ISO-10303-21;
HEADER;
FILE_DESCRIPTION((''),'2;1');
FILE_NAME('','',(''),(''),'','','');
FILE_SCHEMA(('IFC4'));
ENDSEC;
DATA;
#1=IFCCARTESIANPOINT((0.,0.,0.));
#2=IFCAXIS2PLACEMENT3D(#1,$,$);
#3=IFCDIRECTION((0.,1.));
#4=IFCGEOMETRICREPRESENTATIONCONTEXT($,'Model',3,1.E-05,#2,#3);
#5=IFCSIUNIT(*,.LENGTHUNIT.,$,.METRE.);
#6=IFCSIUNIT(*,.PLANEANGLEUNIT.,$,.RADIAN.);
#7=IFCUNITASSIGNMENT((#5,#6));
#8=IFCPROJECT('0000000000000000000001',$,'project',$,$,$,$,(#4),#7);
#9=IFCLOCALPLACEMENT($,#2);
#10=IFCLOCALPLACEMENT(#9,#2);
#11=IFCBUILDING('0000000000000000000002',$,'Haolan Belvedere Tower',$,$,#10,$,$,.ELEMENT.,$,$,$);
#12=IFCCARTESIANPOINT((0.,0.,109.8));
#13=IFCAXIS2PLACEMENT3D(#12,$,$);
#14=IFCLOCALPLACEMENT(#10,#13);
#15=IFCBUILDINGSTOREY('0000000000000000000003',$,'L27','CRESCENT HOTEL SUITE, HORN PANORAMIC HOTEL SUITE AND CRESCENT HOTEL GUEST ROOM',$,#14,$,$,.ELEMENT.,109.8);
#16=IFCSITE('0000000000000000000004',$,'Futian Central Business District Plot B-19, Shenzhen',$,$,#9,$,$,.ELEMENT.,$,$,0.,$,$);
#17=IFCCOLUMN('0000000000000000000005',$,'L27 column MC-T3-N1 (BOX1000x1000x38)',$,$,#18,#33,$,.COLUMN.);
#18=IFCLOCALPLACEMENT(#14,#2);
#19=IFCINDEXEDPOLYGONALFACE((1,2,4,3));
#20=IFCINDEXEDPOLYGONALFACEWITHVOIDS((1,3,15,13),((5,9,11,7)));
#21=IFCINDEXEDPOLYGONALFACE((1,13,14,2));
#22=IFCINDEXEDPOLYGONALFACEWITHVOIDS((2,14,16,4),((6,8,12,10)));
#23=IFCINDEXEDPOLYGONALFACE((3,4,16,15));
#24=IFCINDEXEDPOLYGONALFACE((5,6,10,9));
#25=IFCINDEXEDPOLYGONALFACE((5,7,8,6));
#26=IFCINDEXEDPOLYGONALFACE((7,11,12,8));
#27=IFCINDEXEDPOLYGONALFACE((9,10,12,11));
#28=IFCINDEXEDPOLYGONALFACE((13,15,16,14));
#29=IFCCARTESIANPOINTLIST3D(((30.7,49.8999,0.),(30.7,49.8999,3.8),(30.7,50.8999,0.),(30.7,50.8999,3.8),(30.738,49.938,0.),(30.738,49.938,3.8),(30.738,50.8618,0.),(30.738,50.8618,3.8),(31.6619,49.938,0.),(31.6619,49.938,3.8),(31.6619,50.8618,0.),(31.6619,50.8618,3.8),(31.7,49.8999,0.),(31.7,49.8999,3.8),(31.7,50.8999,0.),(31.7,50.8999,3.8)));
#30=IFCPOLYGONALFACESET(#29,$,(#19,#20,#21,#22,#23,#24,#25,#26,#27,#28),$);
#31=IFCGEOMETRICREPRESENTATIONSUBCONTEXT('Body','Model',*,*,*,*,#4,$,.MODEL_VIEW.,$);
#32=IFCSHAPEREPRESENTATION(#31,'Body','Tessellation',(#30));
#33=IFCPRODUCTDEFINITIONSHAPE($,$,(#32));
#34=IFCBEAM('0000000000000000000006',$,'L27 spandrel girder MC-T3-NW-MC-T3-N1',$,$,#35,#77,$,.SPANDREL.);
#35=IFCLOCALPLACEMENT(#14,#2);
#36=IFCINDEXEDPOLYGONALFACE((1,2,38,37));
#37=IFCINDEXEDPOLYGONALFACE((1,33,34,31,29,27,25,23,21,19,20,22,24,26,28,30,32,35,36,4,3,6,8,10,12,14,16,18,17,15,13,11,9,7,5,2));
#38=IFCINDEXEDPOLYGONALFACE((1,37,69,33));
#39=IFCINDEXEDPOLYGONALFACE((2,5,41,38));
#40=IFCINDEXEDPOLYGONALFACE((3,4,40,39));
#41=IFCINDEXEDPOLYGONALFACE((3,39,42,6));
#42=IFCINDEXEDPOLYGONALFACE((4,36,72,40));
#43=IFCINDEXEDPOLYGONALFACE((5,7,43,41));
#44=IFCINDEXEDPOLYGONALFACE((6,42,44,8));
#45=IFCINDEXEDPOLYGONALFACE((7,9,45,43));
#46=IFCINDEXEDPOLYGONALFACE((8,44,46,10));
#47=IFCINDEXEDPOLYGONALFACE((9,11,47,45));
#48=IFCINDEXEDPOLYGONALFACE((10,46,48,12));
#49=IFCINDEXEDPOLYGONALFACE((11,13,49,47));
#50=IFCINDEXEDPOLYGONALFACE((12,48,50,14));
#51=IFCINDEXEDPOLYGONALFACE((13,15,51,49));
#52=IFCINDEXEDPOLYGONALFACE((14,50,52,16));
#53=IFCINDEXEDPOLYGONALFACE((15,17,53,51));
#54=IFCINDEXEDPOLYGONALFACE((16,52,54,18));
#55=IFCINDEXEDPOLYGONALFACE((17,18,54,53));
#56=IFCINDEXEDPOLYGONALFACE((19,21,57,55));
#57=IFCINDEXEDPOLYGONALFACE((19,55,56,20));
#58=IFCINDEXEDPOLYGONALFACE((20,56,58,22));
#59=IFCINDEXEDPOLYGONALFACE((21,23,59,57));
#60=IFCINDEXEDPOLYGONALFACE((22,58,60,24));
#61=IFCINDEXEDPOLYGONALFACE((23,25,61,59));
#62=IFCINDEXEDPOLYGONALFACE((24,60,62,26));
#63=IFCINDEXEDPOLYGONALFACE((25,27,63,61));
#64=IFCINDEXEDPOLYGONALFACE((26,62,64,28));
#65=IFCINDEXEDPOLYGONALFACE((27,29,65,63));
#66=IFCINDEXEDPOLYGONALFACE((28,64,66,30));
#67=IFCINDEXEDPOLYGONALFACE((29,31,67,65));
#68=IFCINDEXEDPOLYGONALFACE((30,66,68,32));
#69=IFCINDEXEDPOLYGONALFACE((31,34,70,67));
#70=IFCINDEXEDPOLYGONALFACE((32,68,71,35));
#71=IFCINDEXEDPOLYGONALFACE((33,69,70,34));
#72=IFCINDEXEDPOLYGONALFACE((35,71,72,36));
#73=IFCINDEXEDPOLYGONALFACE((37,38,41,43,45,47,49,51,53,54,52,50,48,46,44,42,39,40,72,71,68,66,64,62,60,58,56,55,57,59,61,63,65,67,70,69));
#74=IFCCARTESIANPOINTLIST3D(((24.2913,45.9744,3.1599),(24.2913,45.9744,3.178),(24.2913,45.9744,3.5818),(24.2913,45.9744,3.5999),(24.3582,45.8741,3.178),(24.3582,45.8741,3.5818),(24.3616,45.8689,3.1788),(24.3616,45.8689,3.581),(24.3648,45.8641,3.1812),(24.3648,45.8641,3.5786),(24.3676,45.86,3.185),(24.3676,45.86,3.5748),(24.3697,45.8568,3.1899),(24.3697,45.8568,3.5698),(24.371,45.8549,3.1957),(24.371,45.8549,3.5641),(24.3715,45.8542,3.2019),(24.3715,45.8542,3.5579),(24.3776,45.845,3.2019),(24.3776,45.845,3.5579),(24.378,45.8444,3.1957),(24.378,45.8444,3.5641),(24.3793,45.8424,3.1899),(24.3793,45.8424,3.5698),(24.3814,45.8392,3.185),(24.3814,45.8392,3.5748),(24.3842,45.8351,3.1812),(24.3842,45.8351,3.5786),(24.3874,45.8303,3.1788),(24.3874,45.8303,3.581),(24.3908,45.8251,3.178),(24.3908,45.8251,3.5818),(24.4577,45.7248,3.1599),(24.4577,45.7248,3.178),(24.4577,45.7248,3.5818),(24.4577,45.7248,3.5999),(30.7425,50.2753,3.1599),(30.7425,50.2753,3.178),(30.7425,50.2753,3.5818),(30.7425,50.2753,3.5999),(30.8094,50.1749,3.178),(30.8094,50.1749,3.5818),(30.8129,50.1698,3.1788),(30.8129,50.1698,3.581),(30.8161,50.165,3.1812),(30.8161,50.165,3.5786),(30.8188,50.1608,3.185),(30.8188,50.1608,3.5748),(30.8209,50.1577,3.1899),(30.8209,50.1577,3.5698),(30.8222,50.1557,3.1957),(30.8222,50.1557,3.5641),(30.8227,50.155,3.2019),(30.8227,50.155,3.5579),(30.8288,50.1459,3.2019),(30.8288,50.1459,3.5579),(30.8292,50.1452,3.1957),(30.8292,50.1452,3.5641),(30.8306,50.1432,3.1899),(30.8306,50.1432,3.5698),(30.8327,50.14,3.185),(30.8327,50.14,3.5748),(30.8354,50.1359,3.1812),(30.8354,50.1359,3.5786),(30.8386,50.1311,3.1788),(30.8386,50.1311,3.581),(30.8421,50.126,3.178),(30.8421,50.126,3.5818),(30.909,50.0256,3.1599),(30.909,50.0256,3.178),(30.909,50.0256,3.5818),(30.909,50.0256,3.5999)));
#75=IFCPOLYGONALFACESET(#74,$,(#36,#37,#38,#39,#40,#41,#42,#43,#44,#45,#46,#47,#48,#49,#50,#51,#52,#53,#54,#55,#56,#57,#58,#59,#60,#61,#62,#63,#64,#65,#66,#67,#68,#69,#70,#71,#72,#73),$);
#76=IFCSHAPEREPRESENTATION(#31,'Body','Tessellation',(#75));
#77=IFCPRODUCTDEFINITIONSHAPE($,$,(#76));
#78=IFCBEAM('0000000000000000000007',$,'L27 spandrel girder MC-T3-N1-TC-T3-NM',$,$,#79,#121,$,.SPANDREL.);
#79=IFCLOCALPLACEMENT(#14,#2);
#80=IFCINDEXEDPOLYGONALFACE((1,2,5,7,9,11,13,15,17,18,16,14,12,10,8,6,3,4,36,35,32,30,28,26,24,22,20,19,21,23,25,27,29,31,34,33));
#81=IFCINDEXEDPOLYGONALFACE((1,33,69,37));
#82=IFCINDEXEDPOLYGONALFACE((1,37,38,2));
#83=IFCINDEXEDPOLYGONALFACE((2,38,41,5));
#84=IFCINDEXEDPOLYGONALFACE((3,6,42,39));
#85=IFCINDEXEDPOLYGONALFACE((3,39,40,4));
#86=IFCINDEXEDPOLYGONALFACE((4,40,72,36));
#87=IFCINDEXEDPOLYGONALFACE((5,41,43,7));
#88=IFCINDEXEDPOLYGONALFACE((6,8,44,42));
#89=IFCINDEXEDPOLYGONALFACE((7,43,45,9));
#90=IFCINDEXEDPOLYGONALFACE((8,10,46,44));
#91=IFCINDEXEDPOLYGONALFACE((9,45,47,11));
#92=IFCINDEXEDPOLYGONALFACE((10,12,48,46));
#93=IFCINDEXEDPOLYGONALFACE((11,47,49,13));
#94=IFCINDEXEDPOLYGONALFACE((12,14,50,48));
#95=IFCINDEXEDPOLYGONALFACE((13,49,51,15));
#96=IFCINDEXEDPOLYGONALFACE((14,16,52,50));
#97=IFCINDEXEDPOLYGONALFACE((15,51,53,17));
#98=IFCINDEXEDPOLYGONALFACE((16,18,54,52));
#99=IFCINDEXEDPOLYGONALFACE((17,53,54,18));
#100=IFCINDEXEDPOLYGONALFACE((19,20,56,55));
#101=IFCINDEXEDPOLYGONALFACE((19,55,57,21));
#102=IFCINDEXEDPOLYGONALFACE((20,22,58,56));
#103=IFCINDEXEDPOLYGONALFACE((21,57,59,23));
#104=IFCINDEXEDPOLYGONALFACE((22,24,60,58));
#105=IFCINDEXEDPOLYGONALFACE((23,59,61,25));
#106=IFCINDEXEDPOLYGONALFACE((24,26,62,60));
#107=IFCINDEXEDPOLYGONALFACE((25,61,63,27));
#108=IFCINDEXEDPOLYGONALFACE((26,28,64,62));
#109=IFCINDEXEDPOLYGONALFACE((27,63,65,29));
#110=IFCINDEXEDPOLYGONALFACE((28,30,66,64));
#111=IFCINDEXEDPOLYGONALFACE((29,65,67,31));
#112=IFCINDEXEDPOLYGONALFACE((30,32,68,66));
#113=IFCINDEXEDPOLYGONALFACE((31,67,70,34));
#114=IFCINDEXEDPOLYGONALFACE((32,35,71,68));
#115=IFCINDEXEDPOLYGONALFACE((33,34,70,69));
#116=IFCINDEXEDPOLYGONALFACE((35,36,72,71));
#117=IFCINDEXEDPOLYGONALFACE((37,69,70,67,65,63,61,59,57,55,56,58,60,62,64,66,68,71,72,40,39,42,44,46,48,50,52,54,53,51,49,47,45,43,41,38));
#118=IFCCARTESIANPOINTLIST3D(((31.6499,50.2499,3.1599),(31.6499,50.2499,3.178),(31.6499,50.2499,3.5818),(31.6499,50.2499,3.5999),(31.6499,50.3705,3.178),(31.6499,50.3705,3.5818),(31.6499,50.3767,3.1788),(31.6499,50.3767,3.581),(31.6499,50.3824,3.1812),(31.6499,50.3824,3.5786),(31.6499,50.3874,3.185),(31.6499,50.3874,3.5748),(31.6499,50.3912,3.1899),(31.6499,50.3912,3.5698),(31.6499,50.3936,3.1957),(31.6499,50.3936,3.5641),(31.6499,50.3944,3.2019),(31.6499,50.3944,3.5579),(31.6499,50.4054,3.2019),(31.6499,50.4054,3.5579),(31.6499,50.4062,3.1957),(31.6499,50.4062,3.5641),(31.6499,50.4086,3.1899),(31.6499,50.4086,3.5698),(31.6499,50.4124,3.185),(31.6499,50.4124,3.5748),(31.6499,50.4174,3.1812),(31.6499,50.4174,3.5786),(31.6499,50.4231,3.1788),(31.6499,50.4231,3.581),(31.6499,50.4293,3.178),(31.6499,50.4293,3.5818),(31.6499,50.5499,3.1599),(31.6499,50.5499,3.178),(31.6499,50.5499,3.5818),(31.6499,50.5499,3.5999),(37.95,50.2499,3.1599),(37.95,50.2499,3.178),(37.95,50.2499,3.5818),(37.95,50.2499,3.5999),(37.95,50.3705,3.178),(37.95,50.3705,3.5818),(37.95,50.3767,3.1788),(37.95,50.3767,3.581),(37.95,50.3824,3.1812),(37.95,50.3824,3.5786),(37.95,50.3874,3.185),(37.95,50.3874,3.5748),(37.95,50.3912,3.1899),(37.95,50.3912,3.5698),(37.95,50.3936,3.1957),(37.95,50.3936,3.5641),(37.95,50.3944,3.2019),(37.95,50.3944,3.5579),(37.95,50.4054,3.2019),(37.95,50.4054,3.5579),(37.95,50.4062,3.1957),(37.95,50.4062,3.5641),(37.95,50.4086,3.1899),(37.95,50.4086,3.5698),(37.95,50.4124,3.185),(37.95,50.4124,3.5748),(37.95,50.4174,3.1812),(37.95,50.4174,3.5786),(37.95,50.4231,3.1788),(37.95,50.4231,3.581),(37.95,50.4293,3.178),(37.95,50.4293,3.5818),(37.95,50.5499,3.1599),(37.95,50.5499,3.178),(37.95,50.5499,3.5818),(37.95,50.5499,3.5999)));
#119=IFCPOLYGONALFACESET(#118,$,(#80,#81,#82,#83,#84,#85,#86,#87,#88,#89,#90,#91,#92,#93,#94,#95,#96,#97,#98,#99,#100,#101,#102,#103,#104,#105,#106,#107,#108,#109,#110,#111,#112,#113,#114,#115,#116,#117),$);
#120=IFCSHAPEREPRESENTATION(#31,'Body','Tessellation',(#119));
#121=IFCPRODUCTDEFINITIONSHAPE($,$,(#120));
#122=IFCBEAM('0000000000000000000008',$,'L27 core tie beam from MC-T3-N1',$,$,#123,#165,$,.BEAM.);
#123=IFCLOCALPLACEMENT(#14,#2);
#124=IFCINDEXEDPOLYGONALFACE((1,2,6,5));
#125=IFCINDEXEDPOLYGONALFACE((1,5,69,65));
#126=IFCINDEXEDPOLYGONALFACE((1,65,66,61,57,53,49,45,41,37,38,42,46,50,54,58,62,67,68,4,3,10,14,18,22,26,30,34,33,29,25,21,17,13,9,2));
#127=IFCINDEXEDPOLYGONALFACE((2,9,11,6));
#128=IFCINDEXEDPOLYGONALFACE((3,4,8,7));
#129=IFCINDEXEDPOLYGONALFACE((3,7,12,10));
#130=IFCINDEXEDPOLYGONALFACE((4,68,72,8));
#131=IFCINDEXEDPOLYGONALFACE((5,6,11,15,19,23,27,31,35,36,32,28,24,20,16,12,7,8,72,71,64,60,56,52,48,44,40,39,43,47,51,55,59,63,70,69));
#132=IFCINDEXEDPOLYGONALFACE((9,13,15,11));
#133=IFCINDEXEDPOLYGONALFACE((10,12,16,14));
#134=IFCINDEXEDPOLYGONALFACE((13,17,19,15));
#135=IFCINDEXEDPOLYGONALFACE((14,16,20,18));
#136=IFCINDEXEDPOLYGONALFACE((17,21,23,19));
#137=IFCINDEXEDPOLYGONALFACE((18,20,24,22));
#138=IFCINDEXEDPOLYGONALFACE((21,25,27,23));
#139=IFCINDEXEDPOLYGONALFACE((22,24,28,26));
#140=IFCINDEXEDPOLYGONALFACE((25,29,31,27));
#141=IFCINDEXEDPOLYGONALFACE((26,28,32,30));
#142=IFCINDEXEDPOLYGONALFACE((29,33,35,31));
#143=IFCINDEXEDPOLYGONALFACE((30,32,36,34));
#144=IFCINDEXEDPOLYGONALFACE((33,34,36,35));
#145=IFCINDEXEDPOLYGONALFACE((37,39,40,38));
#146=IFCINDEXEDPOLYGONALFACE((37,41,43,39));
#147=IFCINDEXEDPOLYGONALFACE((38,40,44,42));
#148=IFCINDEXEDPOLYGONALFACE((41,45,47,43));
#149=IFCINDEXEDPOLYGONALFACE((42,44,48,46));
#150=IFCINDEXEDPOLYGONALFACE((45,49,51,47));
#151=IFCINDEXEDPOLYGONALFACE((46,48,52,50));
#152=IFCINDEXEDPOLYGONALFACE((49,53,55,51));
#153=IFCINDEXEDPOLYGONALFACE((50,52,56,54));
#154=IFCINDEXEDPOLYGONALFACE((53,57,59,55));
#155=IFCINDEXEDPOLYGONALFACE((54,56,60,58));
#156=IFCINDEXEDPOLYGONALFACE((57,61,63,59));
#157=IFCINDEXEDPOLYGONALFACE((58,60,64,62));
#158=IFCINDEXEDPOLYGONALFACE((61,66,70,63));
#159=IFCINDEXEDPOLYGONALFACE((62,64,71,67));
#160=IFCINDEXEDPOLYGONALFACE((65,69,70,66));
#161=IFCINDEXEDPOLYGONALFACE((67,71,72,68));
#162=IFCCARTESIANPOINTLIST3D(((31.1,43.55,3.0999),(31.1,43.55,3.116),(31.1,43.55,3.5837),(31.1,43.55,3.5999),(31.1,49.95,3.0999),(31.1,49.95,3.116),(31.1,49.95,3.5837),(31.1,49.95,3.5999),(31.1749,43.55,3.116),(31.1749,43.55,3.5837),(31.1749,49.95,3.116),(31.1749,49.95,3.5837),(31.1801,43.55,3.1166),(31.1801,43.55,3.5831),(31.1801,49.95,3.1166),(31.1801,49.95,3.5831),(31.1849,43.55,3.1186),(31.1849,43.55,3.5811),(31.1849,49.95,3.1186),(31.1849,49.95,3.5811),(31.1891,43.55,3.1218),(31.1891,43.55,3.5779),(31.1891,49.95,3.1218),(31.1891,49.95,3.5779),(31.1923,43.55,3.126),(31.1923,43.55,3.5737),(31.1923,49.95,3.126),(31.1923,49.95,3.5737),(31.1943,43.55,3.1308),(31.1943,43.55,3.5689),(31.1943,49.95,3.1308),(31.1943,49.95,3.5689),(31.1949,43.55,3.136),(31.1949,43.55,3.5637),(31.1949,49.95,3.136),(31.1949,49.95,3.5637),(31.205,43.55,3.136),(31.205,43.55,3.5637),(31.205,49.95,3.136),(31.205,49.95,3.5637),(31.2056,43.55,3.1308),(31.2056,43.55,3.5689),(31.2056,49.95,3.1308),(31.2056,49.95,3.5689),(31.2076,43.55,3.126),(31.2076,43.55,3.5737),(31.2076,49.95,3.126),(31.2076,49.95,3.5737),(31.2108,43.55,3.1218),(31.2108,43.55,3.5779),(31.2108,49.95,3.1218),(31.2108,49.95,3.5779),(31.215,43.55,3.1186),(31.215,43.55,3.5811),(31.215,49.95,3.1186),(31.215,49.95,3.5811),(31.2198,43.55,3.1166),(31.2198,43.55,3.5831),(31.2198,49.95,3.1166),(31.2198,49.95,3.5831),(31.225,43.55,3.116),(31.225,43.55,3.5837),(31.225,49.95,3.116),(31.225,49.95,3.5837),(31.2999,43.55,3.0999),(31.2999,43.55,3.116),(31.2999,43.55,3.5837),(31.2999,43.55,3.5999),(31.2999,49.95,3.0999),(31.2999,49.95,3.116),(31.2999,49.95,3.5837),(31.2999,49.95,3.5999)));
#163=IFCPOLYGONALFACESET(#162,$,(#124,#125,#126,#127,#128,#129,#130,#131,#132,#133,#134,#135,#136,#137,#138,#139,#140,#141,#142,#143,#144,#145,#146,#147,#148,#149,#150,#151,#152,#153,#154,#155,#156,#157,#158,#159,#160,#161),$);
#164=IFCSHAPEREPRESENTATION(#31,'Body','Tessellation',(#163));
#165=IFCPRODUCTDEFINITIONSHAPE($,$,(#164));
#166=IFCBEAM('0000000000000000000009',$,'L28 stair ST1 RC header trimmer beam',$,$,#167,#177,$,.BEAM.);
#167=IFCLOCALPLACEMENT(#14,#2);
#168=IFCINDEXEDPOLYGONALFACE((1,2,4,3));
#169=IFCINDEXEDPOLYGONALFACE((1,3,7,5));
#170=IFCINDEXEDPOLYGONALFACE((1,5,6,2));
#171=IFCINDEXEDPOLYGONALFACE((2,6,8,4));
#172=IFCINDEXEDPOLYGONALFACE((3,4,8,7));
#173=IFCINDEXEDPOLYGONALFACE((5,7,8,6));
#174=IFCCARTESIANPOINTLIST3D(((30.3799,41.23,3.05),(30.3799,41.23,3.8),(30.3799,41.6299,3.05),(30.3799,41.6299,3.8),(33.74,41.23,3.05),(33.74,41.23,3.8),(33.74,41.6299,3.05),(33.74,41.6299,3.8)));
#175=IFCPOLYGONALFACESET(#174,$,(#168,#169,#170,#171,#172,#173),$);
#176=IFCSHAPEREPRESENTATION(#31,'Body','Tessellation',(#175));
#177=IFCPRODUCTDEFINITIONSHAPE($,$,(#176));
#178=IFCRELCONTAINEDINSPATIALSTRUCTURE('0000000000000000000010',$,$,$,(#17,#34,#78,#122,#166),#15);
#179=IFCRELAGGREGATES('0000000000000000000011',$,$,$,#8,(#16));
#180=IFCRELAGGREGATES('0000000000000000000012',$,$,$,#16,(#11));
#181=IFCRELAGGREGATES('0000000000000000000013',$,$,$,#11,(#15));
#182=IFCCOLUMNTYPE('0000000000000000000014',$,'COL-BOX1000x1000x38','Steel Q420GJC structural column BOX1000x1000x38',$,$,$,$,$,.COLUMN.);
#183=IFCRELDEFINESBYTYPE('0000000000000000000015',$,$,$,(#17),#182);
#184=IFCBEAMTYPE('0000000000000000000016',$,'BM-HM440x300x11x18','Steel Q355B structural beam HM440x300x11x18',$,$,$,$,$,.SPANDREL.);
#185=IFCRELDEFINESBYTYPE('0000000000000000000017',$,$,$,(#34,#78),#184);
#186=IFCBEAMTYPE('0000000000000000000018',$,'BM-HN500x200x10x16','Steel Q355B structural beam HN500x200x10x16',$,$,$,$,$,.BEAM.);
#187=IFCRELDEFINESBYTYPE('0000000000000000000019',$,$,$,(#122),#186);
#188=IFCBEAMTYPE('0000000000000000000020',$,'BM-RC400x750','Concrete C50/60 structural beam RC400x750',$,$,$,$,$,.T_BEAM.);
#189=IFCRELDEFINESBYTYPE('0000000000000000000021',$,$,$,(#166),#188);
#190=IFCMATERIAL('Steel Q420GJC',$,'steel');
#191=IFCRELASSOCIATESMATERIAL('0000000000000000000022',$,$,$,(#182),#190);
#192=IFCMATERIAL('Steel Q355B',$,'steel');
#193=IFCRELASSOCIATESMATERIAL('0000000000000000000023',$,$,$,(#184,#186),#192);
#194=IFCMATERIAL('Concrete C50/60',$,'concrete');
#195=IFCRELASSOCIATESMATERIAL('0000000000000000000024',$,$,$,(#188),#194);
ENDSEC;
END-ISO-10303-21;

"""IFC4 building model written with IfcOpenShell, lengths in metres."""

from ifc_helpers import new_model, si_unit, direction, frame, origin, origin_2d, place, context, subcontext, project, spatial, rectangle, hollow_rectangle, i_section, extrude, material, material_profile, profile_set, type_object, element, save


model = new_model("IFC4")

# Units and contexts
model_context = context("Model", 3, precision=1e-05, world=origin(), true_north=direction((0.0, 1.0)))
body_context = subcontext(model_context, "Body", "Model", "MODEL_VIEW")
ifc_project = project(units=[si_unit("LENGTHUNIT", "METRE"), si_unit("PLANEANGLEUNIT", "RADIAN")], contexts=[model_context])

# Site, building, storey
site_placement = place(None, origin())
site = spatial("IfcSite", under=ifc_project, at=site_placement, Name="Futian Central Business District Plot B-19, Shenzhen", CompositionType="ELEMENT", RefElevation=0.0)
building_placement = place(site_placement, origin())
building = spatial("IfcBuilding", under=site, at=building_placement, Name="Haolan Belvedere Tower", CompositionType="ELEMENT")
storey_placement = place(building_placement, frame((0.0, 0.0, 109.8)))
storey = spatial("IfcBuildingStorey", under=building, at=storey_placement, Name="L27", Description="CRESCENT HOTEL SUITE, HORN PANORAMIC HOTEL SUITE AND CRESCENT HOTEL GUEST ROOM", CompositionType="ELEMENT", Elevation=109.8)

# Column
ifc_material_1 = material(Name="Steel Q420GJC", Category="steel")
ifc_material_profile_1 = material_profile(ifc_material_1, hollow_rectangle(XDim=1.0, YDim=1.0, WallThickness=0.0381, at=origin_2d()), Name="Steel Q420GJC")
ifc_profile_set_1 = profile_set([ifc_material_profile_1], Name="Steel Q420GJC")
column_type = type_object("IfcColumnType", Name="COL-BOX1000x1000x38", Description="Steel Q420GJC structural column BOX1000x1000x38", PredefinedType="COLUMN", material=ifc_profile_set_1)
column_placement = place(storey_placement, frame((31.2, 50.3999, 0.0), z_axis=(0.0, 0.0, 1.0), x_axis=(1.0, 0.0, 0.0)))
element("IfcColumn", 1, at=column_placement, inside=storey, type_object=column_type, Name="L27 column MC-T3-N1 (BOX1000x1000x38)", PredefinedType="COLUMN", context=body_context, shape_type="SweptSolid", body=[
    extrude(hollow_rectangle(XDim=1.0, YDim=1.0, WallThickness=0.0381, at=origin_2d()), origin(), (0.0, 0.0, 1.0), 3.8),
])

# Beams
ifc_material_2 = material(Name="Steel Q355B", Category="steel")
ifc_material_profile_2 = material_profile(ifc_material_2, i_section(OverallWidth=0.3, OverallDepth=0.4399, WebThickness=0.011, FlangeThickness=0.0181, FilletRadius=0.0239, at=origin_2d()), Name="Steel Q355B")
ifc_profile_set_2 = profile_set([ifc_material_profile_2], Name="Steel Q355B")
beam_type_1 = type_object("IfcBeamType", Name="BM-HM440x300x11x18", Description="Steel Q355B structural beam HM440x300x11x18", PredefinedType="SPANDREL", material=ifc_profile_set_2)
beam_1_placement = place(storey_placement, frame((24.3745, 45.8496, 3.3799), z_axis=(0.83205, 0.5547, 0.0), x_axis=(-0.5547, 0.83205, 0.0)))
element("IfcBeam", 2, at=beam_1_placement, inside=storey, type_object=beam_type_1, Name="L27 spandrel girder MC-T3-NW-MC-T3-N1", PredefinedType="SPANDREL", context=body_context, shape_type="SweptSolid", body=[
    extrude(i_section(OverallWidth=0.3, OverallDepth=0.4399, WebThickness=0.011, FlangeThickness=0.0181, FilletRadius=0.0239, at=origin_2d()), origin(), (0.0, 0.0, 1.0), 7.7534),
])
beam_2_placement = place(storey_placement, frame((31.6499, 50.3999, 3.3799), z_axis=(1.0, 0.0, 0.0), x_axis=(0.0, 1.0, 0.0)))
element("IfcBeam", 3, at=beam_2_placement, inside=storey, type_object=beam_type_1, Name="L27 spandrel girder MC-T3-N1-TC-T3-NM", PredefinedType="SPANDREL", context=body_context, shape_type="SweptSolid", body=[
    extrude(i_section(OverallWidth=0.3, OverallDepth=0.4399, WebThickness=0.011, FlangeThickness=0.0181, FilletRadius=0.0239, at=origin_2d()), origin(), (0.0, 0.0, 1.0), 6.3),
])
ifc_material_profile_3 = material_profile(ifc_material_2, i_section(OverallWidth=0.2, OverallDepth=0.5, WebThickness=0.01, FlangeThickness=0.0161, FilletRadius=0.02, at=origin_2d()), Name="Steel Q355B")
ifc_profile_set_3 = profile_set([ifc_material_profile_3], Name="Steel Q355B")
beam_type_2 = type_object("IfcBeamType", Name="BM-HN500x200x10x16", Description="Steel Q355B structural beam HN500x200x10x16", PredefinedType="BEAM", material=ifc_profile_set_3)
beam_3_placement = place(storey_placement, frame((31.2, 49.95, 3.3499), z_axis=(0.0, -1.0, 0.0), x_axis=(1.0, 0.0, 0.0)))
element("IfcBeam", 4, at=beam_3_placement, inside=storey, type_object=beam_type_2, Name="L27 core tie beam from MC-T3-N1", PredefinedType="BEAM", context=body_context, shape_type="SweptSolid", body=[
    extrude(i_section(OverallWidth=0.2, OverallDepth=0.5, WebThickness=0.01, FlangeThickness=0.0161, FilletRadius=0.02, at=origin_2d()), origin(), (0.0, 0.0, 1.0), 6.3999),
])
ifc_material_3 = material(Name="Concrete C50/60", Category="concrete")
ifc_material_profile_4 = material_profile(ifc_material_3, rectangle(XDim=0.3999, YDim=0.75, at=origin_2d()), Name="Concrete C50/60")
ifc_profile_set_4 = profile_set([ifc_material_profile_4], Name="Concrete C50/60")
beam_type_3 = type_object("IfcBeamType", Name="BM-RC400x750", Description="Concrete C50/60 structural beam RC400x750", PredefinedType="T_BEAM", material=ifc_profile_set_4)
beam_4_placement = place(storey_placement, frame((30.3799, 41.4299, 3.425), z_axis=(1.0, 0.0, 0.0), x_axis=(0.0, 1.0, 0.0)))
element("IfcBeam", 5, at=beam_4_placement, inside=storey, type_object=beam_type_3, Name="L28 stair ST1 RC header trimmer beam", PredefinedType="BEAM", context=body_context, shape_type="SweptSolid", body=[
    extrude(rectangle(XDim=0.3999, YDim=0.75, at=origin_2d()), origin(), (0.0, 0.0, 1.0), 3.3601),
])

save(model, "model.ifc")
